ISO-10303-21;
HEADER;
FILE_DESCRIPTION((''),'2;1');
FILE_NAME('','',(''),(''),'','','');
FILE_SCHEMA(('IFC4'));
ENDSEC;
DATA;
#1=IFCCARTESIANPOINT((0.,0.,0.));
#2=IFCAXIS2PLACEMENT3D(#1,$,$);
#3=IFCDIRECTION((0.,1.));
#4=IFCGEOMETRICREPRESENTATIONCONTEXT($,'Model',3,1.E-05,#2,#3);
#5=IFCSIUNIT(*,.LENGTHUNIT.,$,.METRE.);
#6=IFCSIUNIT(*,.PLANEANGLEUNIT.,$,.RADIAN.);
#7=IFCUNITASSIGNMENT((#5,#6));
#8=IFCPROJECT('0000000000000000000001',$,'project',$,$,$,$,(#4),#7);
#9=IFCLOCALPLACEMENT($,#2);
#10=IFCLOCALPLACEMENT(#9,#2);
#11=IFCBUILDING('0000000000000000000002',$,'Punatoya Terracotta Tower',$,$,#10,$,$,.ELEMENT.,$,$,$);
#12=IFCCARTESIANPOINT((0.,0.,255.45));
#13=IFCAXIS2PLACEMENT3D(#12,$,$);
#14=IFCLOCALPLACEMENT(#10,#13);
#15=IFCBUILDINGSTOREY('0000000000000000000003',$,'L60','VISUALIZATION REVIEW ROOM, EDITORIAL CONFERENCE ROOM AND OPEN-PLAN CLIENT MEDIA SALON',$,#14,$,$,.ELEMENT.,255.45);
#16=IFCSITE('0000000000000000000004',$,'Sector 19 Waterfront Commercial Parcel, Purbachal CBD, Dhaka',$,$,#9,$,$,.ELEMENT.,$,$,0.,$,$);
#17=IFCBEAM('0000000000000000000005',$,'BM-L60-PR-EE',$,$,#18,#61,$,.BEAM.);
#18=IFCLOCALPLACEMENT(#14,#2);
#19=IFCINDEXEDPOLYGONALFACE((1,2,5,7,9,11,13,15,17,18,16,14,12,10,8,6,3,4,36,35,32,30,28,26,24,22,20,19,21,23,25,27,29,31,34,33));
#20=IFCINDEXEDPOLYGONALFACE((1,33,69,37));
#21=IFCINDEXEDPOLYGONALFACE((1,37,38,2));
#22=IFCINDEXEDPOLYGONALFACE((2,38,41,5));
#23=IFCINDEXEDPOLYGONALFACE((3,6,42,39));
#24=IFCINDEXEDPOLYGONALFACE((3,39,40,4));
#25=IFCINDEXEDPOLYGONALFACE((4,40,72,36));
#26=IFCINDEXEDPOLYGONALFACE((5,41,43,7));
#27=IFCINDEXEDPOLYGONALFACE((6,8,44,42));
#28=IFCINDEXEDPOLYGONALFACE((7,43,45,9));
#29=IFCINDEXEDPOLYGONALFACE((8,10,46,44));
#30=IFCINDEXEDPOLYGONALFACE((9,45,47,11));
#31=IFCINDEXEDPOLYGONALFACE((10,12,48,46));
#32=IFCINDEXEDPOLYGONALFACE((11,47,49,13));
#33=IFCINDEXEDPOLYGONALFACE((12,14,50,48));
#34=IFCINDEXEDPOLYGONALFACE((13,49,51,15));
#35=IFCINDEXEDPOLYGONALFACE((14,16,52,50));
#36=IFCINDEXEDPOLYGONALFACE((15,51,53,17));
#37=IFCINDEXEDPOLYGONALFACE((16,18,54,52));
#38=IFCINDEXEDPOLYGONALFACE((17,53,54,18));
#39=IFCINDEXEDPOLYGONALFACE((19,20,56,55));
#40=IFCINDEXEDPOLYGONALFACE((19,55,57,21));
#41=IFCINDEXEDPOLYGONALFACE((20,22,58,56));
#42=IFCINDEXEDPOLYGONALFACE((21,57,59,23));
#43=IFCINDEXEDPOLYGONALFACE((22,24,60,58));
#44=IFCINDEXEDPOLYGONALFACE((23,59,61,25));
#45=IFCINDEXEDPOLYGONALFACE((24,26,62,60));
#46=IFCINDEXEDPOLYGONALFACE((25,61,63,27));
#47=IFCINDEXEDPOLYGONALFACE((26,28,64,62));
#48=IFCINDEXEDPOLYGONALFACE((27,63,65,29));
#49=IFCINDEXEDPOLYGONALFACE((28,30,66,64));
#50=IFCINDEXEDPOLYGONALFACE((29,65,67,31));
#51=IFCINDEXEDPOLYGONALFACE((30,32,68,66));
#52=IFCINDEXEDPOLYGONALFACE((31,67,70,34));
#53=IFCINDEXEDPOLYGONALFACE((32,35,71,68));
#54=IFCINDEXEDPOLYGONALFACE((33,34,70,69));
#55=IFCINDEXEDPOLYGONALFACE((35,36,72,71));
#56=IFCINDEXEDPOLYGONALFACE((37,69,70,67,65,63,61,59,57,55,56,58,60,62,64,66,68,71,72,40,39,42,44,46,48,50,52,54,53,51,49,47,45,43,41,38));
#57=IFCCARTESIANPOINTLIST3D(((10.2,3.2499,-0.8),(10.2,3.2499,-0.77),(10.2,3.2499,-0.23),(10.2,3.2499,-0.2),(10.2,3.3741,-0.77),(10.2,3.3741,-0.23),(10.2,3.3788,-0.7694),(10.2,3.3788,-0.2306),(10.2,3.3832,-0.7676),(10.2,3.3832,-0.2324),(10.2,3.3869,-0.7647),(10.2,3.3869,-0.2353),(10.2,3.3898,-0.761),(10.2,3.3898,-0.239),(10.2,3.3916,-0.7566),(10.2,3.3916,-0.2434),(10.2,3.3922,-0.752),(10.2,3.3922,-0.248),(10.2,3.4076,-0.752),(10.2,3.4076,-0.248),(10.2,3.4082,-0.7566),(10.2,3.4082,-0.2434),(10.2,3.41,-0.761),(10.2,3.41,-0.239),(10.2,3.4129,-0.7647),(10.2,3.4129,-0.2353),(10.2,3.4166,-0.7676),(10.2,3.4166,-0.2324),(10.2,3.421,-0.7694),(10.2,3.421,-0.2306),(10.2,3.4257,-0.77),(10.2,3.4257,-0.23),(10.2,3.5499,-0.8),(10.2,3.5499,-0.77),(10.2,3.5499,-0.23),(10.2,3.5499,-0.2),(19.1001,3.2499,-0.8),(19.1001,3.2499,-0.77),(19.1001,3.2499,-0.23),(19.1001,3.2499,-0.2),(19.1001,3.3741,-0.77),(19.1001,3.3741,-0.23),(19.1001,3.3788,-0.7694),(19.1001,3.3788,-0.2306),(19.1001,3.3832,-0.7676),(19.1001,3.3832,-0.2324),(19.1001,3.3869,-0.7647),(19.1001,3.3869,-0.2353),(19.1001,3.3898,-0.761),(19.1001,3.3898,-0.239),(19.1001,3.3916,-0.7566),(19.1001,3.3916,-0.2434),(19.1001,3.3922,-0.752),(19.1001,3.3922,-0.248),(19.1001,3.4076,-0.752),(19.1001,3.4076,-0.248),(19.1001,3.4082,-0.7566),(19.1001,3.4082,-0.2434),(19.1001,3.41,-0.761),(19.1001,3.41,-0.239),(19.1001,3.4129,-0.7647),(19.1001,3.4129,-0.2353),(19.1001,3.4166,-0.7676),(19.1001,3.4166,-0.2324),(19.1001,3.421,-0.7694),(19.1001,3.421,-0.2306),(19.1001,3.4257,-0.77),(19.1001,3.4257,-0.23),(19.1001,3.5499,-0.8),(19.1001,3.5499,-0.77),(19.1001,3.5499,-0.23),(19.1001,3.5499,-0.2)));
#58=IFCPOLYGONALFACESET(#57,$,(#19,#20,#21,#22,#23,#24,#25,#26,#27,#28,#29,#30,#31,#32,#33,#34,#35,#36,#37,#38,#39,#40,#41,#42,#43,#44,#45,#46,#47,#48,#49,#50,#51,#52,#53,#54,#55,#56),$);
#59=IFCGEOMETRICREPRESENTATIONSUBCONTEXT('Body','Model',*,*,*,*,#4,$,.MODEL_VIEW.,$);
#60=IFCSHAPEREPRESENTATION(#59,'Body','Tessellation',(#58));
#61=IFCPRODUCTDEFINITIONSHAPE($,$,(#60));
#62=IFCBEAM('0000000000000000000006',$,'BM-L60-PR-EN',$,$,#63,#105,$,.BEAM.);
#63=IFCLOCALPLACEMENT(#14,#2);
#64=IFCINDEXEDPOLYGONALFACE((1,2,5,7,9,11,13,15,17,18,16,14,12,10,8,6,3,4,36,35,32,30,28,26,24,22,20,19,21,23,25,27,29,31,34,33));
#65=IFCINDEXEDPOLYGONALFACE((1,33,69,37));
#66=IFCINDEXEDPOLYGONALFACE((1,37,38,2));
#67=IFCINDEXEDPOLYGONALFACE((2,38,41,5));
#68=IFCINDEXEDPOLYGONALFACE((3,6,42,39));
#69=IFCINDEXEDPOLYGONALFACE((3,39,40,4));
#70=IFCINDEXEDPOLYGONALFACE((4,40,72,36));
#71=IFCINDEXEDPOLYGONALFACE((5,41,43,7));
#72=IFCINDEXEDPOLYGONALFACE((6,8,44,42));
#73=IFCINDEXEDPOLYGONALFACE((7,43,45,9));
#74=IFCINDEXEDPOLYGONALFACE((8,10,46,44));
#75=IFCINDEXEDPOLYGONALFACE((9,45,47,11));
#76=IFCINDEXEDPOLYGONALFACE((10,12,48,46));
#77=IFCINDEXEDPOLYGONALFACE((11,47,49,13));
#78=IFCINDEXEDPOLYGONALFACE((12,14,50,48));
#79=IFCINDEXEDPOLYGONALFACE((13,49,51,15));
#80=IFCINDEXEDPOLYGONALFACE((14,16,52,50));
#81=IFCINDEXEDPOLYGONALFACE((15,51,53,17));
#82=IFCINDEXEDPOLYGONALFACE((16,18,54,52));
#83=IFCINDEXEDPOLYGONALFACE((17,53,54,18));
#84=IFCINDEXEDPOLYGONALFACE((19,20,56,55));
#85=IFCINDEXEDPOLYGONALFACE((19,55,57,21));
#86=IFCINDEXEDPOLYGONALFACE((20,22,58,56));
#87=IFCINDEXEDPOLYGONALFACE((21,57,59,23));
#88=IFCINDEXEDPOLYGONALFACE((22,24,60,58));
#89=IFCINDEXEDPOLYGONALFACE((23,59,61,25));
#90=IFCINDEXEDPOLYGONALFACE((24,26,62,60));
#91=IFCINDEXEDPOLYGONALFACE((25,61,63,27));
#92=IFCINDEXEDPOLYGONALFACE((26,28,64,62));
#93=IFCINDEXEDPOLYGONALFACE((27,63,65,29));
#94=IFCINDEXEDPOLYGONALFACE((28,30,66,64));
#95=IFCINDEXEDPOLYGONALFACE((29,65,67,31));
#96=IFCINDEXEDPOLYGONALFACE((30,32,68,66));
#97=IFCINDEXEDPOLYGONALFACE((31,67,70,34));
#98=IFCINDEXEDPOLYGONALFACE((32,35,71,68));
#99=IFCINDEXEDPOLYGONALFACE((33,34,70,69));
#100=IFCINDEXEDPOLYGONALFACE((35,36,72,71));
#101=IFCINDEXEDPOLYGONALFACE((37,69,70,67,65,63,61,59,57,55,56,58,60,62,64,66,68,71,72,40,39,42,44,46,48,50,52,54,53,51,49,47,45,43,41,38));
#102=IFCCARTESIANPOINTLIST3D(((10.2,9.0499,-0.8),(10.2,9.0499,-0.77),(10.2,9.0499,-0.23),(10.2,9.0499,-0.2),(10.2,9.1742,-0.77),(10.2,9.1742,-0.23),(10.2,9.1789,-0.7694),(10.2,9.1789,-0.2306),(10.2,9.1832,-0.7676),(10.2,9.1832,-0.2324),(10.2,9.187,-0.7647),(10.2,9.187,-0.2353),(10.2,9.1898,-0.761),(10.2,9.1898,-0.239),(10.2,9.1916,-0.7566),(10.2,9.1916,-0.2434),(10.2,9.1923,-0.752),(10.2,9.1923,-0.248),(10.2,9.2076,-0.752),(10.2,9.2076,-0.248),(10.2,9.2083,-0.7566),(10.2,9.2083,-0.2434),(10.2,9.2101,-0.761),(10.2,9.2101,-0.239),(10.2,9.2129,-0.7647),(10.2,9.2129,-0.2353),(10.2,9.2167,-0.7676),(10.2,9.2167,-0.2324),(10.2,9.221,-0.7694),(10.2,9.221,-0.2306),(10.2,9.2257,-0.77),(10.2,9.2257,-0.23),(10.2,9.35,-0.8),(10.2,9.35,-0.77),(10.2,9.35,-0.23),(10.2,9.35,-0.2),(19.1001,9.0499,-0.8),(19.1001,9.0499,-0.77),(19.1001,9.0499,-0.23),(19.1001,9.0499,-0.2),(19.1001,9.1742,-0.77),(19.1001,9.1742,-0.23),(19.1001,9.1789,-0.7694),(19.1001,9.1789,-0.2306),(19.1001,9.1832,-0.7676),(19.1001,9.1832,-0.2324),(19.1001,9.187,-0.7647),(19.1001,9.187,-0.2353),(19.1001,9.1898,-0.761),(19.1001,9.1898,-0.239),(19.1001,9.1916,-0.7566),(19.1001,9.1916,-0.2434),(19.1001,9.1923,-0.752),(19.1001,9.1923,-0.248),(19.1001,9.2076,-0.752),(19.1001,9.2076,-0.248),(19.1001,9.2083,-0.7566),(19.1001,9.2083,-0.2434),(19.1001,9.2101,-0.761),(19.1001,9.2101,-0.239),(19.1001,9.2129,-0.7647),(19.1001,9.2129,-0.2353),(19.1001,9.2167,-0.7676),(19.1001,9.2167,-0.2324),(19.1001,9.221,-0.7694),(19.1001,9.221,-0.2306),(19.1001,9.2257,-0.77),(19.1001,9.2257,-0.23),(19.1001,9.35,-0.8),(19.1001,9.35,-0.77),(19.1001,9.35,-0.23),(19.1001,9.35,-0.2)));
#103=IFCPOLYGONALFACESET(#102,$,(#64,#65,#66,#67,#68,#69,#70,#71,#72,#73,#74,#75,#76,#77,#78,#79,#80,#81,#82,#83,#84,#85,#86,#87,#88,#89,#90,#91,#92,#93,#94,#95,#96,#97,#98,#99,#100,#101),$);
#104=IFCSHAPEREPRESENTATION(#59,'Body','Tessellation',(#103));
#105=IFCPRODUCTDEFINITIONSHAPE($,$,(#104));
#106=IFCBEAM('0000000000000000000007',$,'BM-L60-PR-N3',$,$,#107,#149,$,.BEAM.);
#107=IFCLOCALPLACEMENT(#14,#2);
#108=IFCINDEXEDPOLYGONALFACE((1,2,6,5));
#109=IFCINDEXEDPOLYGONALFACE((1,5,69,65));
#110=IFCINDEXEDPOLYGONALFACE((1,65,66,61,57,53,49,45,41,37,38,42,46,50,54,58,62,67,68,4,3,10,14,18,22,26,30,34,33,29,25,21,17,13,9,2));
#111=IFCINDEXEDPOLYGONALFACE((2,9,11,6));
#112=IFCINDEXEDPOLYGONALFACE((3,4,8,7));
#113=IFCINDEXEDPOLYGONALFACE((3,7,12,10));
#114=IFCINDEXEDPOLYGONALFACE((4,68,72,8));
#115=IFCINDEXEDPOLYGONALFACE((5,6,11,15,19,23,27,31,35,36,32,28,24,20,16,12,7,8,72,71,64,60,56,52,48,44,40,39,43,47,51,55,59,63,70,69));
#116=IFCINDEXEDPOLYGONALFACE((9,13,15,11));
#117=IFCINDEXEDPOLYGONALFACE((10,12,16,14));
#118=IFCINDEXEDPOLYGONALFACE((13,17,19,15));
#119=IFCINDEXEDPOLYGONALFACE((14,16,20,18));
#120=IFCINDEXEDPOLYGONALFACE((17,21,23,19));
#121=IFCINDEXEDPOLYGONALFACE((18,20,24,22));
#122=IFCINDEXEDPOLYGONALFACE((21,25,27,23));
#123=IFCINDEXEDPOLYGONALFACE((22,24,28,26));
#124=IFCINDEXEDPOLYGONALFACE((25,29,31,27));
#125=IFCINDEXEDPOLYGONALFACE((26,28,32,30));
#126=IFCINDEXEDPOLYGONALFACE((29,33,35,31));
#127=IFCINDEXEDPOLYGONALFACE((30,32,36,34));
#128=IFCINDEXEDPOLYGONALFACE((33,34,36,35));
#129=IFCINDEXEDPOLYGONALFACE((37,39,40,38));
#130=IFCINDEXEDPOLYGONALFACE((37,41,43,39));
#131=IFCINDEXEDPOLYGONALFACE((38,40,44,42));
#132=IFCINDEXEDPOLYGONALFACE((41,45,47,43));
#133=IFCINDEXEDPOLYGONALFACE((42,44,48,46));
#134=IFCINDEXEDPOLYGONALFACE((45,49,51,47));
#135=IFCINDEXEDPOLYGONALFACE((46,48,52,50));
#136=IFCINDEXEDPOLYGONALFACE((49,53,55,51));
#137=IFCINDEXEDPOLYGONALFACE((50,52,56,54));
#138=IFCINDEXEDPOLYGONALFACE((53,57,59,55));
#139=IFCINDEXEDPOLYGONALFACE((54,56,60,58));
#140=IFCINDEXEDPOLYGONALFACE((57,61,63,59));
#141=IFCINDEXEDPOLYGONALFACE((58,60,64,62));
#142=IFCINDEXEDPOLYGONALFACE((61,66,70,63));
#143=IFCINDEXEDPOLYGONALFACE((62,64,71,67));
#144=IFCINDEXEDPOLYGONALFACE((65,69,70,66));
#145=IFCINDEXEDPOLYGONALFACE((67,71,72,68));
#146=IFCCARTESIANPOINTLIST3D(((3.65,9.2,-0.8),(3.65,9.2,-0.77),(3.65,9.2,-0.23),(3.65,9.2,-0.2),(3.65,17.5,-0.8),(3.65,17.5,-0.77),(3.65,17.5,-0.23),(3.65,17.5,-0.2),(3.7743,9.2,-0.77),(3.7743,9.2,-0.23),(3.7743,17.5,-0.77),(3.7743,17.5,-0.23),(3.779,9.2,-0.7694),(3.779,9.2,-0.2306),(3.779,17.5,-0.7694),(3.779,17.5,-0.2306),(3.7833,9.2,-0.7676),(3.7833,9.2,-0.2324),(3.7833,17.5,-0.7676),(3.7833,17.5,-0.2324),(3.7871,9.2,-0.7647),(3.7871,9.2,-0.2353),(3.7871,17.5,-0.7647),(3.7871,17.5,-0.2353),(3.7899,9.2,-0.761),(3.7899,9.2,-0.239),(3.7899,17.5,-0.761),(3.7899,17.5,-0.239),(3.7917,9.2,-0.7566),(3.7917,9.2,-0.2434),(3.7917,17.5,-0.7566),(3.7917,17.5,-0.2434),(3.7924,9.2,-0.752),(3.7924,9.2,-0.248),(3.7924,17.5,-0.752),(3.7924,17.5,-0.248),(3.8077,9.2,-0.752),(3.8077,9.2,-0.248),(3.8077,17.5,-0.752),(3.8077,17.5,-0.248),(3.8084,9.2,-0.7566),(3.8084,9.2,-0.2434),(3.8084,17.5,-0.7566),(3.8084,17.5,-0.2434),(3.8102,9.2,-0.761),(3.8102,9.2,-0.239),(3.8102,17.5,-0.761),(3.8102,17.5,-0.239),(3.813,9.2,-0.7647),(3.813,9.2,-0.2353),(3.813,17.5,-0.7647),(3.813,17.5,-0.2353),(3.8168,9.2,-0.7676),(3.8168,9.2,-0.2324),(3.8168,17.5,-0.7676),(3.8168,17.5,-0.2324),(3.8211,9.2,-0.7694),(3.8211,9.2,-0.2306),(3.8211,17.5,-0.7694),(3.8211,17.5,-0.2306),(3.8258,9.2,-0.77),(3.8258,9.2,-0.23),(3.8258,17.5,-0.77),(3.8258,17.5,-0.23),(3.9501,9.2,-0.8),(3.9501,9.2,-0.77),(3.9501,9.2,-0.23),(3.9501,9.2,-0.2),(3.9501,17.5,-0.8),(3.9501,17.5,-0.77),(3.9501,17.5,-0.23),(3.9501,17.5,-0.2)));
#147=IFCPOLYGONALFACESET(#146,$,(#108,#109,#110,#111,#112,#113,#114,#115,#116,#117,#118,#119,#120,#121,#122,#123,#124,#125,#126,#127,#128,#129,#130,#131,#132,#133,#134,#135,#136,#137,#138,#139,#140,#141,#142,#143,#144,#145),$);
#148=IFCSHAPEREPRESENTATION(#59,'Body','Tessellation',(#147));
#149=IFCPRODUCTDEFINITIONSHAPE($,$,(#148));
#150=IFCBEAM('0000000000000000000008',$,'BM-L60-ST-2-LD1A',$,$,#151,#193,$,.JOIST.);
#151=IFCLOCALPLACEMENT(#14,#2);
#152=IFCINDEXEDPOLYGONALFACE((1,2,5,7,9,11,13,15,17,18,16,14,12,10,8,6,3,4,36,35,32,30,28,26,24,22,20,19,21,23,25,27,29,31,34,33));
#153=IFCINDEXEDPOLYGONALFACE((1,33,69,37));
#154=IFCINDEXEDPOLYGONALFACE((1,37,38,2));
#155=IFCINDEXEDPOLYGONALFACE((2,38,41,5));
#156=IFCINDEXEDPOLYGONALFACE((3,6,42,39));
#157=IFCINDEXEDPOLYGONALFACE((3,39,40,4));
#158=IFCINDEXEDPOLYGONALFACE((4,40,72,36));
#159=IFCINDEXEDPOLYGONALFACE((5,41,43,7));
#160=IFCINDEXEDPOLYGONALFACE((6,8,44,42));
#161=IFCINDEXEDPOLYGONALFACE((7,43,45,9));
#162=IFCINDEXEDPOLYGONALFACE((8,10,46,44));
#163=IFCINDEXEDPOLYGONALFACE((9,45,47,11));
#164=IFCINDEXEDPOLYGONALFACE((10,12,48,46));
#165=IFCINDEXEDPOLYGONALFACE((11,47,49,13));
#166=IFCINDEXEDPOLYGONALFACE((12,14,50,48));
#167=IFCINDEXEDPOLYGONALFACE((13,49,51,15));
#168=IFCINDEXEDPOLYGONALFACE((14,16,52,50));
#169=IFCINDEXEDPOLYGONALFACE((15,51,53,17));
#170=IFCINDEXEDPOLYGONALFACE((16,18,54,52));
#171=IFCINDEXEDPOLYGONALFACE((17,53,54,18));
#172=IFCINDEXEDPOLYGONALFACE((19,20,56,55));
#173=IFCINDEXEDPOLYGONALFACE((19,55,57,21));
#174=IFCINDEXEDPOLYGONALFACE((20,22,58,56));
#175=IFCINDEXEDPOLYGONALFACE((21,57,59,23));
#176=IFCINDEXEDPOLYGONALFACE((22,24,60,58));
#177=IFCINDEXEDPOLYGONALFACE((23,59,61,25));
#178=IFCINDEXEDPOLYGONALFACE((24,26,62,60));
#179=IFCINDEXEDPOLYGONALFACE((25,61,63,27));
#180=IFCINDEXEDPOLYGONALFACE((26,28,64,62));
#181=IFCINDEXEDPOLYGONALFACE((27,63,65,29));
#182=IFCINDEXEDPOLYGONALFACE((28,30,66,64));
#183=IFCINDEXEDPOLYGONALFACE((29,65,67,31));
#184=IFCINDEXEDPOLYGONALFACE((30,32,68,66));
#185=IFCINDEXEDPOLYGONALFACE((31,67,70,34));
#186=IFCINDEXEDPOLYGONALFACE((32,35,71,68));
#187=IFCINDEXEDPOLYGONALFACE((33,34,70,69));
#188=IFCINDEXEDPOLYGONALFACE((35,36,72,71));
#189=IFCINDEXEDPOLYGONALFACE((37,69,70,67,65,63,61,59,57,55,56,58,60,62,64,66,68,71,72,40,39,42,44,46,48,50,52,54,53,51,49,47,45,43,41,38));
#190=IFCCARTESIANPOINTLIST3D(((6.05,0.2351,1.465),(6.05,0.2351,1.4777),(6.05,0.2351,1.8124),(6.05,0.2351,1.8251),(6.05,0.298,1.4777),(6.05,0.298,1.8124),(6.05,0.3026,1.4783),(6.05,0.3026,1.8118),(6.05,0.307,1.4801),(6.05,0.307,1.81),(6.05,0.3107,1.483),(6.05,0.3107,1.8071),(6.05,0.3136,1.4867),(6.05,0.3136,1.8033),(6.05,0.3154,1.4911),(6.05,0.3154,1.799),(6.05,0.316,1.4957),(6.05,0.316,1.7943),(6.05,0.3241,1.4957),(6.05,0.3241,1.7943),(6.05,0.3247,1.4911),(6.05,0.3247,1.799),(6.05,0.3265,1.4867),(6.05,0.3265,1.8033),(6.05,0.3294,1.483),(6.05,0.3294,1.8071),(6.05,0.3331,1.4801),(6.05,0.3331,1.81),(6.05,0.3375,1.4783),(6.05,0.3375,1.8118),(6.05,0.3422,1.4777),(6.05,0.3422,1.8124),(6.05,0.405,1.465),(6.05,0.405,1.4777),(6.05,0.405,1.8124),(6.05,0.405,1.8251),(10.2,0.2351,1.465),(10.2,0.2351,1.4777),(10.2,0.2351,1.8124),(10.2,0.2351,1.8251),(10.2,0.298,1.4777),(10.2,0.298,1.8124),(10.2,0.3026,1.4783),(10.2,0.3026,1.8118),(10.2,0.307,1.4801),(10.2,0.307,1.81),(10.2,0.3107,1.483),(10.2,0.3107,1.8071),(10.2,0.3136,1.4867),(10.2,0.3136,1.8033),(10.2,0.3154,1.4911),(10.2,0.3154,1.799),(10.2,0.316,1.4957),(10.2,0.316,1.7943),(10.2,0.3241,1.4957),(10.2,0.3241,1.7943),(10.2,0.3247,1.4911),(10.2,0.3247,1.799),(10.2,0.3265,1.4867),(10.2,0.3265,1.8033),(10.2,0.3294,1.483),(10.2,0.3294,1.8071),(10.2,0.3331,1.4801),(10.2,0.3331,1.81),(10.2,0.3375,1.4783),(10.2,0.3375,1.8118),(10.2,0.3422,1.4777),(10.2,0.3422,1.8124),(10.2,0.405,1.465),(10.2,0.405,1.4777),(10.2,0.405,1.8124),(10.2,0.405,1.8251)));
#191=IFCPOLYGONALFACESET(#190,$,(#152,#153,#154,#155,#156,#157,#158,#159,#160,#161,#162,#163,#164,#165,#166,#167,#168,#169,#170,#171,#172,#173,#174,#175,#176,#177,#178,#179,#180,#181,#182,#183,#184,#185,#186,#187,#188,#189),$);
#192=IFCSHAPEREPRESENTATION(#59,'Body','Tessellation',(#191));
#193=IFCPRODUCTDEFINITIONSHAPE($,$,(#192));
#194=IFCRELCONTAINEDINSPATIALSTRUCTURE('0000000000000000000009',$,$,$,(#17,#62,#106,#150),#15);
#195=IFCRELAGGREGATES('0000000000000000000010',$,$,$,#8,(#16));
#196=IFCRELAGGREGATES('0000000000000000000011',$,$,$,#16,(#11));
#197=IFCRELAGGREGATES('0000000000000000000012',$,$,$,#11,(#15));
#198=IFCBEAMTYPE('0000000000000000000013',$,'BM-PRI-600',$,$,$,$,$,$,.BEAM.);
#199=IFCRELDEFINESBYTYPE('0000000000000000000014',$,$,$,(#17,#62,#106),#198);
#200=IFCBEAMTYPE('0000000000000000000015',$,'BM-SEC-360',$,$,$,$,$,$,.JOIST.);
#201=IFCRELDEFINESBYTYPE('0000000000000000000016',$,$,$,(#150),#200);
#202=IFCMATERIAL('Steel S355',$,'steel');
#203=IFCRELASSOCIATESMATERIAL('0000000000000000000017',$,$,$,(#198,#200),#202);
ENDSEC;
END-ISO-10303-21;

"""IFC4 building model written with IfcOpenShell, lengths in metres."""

from ifc_helpers import new_model, si_unit, direction, frame, origin, origin_2d, place, context, subcontext, project, spatial, i_section, extrude, material, material_profile, profile_set, type_object, element, save


model = new_model("IFC4")

# Units and contexts
model_context = context("Model", 3, precision=1e-05, world=origin(), true_north=direction((0.0, 1.0)))
body_context = subcontext(model_context, "Body", "Model", "MODEL_VIEW")
ifc_project = project(units=[si_unit("LENGTHUNIT", "METRE"), si_unit("PLANEANGLEUNIT", "RADIAN")], contexts=[model_context])

# Site, building, storey
site_placement = place(None, origin())
site = spatial("IfcSite", under=ifc_project, at=site_placement, Name="Sector 19 Waterfront Commercial Parcel, Purbachal CBD, Dhaka", CompositionType="ELEMENT", RefElevation=0.0)
building_placement = place(site_placement, origin())
building = spatial("IfcBuilding", under=site, at=building_placement, Name="Punatoya Terracotta Tower", CompositionType="ELEMENT")
storey_placement = place(building_placement, frame((0.0, 0.0, 255.45)))
storey = spatial("IfcBuildingStorey", under=building, at=storey_placement, Name="L60", Description="VISUALIZATION REVIEW ROOM, EDITORIAL CONFERENCE ROOM AND OPEN-PLAN CLIENT MEDIA SALON", CompositionType="ELEMENT", Elevation=255.45)

# Beams
ifc_material_1 = material(Name="Steel S355", Category="steel")
ifc_material_profile_1 = material_profile(ifc_material_1, i_section(OverallWidth=0.3, OverallDepth=0.6001, WebThickness=0.0154, FlangeThickness=0.03, FilletRadius=0.0181, at=origin_2d()))
ifc_profile_set_1 = profile_set([ifc_material_profile_1], Name="Steel S355")
beam_type_1 = type_object("IfcBeamType", Name="BM-PRI-600", PredefinedType="BEAM", material=ifc_profile_set_1)
for number, where, z_axis, x_axis, name in (
    (1, (10.2, 3.3999, -0.5), (1.0, 0.0, 0.0), (0.0, 1.0, 0.0), "BM-L60-PR-EE"),
    (2, (10.2, 9.2, -0.5), (1.0, 0.0, 0.0), (0.0, 1.0, 0.0), "BM-L60-PR-EN"),
):
    element("IfcBeam", number, at=place(storey_placement, frame(where, z_axis=z_axis, x_axis=x_axis)), inside=storey, type_object=beam_type_1, Name=name, PredefinedType="BEAM", context=body_context, shape_type="SweptSolid", body=[
        extrude(i_section(OverallWidth=0.3, OverallDepth=0.6001, WebThickness=0.0154, FlangeThickness=0.03, FilletRadius=0.0181, at=origin_2d()), origin(), (0.0, 0.0, 1.0), 8.9001),
    ])
beam_placement = place(storey_placement, frame((3.8, 9.2, -0.5), z_axis=(0.0, 1.0, 0.0), x_axis=(-1.0, 0.0, 0.0)))
element("IfcBeam", 3, at=beam_placement, inside=storey, type_object=beam_type_1, Name="BM-L60-PR-N3", PredefinedType="BEAM", context=body_context, shape_type="SweptSolid", body=[
    extrude(i_section(OverallWidth=0.3, OverallDepth=0.6001, WebThickness=0.0154, FlangeThickness=0.03, FilletRadius=0.0181, at=origin_2d()), origin(), (0.0, 0.0, 1.0), 8.3),
])
ifc_material_profile_2 = material_profile(ifc_material_1, i_section(OverallWidth=0.1699, OverallDepth=0.3601, WebThickness=0.0081, FlangeThickness=0.0127, FilletRadius=0.0181, at=origin_2d()))
ifc_profile_set_2 = profile_set([ifc_material_profile_2], Name="Steel S355")
beam_type_2 = type_object("IfcBeamType", Name="BM-SEC-360", PredefinedType="JOIST", material=ifc_profile_set_2)
for number, where, z_axis, x_axis, name in (
    (4, (6.05, 0.3201, 1.645), (1.0, 0.0, 0.0), (0.0, 1.0, 0.0), "BM-L60-ST-2-LD1A"),
):
    element("IfcBeam", number, at=place(storey_placement, frame(where, z_axis=z_axis, x_axis=x_axis)), inside=storey, type_object=beam_type_2, Name=name, PredefinedType="JOIST", context=body_context, shape_type="SweptSolid", body=[
        extrude(i_section(OverallWidth=0.1699, OverallDepth=0.3601, WebThickness=0.0081, FlangeThickness=0.0127, FilletRadius=0.0181, at=origin_2d()), origin(), (0.0, 0.0, 1.0), 4.1499),
    ])

save(model, "model.ifc")
